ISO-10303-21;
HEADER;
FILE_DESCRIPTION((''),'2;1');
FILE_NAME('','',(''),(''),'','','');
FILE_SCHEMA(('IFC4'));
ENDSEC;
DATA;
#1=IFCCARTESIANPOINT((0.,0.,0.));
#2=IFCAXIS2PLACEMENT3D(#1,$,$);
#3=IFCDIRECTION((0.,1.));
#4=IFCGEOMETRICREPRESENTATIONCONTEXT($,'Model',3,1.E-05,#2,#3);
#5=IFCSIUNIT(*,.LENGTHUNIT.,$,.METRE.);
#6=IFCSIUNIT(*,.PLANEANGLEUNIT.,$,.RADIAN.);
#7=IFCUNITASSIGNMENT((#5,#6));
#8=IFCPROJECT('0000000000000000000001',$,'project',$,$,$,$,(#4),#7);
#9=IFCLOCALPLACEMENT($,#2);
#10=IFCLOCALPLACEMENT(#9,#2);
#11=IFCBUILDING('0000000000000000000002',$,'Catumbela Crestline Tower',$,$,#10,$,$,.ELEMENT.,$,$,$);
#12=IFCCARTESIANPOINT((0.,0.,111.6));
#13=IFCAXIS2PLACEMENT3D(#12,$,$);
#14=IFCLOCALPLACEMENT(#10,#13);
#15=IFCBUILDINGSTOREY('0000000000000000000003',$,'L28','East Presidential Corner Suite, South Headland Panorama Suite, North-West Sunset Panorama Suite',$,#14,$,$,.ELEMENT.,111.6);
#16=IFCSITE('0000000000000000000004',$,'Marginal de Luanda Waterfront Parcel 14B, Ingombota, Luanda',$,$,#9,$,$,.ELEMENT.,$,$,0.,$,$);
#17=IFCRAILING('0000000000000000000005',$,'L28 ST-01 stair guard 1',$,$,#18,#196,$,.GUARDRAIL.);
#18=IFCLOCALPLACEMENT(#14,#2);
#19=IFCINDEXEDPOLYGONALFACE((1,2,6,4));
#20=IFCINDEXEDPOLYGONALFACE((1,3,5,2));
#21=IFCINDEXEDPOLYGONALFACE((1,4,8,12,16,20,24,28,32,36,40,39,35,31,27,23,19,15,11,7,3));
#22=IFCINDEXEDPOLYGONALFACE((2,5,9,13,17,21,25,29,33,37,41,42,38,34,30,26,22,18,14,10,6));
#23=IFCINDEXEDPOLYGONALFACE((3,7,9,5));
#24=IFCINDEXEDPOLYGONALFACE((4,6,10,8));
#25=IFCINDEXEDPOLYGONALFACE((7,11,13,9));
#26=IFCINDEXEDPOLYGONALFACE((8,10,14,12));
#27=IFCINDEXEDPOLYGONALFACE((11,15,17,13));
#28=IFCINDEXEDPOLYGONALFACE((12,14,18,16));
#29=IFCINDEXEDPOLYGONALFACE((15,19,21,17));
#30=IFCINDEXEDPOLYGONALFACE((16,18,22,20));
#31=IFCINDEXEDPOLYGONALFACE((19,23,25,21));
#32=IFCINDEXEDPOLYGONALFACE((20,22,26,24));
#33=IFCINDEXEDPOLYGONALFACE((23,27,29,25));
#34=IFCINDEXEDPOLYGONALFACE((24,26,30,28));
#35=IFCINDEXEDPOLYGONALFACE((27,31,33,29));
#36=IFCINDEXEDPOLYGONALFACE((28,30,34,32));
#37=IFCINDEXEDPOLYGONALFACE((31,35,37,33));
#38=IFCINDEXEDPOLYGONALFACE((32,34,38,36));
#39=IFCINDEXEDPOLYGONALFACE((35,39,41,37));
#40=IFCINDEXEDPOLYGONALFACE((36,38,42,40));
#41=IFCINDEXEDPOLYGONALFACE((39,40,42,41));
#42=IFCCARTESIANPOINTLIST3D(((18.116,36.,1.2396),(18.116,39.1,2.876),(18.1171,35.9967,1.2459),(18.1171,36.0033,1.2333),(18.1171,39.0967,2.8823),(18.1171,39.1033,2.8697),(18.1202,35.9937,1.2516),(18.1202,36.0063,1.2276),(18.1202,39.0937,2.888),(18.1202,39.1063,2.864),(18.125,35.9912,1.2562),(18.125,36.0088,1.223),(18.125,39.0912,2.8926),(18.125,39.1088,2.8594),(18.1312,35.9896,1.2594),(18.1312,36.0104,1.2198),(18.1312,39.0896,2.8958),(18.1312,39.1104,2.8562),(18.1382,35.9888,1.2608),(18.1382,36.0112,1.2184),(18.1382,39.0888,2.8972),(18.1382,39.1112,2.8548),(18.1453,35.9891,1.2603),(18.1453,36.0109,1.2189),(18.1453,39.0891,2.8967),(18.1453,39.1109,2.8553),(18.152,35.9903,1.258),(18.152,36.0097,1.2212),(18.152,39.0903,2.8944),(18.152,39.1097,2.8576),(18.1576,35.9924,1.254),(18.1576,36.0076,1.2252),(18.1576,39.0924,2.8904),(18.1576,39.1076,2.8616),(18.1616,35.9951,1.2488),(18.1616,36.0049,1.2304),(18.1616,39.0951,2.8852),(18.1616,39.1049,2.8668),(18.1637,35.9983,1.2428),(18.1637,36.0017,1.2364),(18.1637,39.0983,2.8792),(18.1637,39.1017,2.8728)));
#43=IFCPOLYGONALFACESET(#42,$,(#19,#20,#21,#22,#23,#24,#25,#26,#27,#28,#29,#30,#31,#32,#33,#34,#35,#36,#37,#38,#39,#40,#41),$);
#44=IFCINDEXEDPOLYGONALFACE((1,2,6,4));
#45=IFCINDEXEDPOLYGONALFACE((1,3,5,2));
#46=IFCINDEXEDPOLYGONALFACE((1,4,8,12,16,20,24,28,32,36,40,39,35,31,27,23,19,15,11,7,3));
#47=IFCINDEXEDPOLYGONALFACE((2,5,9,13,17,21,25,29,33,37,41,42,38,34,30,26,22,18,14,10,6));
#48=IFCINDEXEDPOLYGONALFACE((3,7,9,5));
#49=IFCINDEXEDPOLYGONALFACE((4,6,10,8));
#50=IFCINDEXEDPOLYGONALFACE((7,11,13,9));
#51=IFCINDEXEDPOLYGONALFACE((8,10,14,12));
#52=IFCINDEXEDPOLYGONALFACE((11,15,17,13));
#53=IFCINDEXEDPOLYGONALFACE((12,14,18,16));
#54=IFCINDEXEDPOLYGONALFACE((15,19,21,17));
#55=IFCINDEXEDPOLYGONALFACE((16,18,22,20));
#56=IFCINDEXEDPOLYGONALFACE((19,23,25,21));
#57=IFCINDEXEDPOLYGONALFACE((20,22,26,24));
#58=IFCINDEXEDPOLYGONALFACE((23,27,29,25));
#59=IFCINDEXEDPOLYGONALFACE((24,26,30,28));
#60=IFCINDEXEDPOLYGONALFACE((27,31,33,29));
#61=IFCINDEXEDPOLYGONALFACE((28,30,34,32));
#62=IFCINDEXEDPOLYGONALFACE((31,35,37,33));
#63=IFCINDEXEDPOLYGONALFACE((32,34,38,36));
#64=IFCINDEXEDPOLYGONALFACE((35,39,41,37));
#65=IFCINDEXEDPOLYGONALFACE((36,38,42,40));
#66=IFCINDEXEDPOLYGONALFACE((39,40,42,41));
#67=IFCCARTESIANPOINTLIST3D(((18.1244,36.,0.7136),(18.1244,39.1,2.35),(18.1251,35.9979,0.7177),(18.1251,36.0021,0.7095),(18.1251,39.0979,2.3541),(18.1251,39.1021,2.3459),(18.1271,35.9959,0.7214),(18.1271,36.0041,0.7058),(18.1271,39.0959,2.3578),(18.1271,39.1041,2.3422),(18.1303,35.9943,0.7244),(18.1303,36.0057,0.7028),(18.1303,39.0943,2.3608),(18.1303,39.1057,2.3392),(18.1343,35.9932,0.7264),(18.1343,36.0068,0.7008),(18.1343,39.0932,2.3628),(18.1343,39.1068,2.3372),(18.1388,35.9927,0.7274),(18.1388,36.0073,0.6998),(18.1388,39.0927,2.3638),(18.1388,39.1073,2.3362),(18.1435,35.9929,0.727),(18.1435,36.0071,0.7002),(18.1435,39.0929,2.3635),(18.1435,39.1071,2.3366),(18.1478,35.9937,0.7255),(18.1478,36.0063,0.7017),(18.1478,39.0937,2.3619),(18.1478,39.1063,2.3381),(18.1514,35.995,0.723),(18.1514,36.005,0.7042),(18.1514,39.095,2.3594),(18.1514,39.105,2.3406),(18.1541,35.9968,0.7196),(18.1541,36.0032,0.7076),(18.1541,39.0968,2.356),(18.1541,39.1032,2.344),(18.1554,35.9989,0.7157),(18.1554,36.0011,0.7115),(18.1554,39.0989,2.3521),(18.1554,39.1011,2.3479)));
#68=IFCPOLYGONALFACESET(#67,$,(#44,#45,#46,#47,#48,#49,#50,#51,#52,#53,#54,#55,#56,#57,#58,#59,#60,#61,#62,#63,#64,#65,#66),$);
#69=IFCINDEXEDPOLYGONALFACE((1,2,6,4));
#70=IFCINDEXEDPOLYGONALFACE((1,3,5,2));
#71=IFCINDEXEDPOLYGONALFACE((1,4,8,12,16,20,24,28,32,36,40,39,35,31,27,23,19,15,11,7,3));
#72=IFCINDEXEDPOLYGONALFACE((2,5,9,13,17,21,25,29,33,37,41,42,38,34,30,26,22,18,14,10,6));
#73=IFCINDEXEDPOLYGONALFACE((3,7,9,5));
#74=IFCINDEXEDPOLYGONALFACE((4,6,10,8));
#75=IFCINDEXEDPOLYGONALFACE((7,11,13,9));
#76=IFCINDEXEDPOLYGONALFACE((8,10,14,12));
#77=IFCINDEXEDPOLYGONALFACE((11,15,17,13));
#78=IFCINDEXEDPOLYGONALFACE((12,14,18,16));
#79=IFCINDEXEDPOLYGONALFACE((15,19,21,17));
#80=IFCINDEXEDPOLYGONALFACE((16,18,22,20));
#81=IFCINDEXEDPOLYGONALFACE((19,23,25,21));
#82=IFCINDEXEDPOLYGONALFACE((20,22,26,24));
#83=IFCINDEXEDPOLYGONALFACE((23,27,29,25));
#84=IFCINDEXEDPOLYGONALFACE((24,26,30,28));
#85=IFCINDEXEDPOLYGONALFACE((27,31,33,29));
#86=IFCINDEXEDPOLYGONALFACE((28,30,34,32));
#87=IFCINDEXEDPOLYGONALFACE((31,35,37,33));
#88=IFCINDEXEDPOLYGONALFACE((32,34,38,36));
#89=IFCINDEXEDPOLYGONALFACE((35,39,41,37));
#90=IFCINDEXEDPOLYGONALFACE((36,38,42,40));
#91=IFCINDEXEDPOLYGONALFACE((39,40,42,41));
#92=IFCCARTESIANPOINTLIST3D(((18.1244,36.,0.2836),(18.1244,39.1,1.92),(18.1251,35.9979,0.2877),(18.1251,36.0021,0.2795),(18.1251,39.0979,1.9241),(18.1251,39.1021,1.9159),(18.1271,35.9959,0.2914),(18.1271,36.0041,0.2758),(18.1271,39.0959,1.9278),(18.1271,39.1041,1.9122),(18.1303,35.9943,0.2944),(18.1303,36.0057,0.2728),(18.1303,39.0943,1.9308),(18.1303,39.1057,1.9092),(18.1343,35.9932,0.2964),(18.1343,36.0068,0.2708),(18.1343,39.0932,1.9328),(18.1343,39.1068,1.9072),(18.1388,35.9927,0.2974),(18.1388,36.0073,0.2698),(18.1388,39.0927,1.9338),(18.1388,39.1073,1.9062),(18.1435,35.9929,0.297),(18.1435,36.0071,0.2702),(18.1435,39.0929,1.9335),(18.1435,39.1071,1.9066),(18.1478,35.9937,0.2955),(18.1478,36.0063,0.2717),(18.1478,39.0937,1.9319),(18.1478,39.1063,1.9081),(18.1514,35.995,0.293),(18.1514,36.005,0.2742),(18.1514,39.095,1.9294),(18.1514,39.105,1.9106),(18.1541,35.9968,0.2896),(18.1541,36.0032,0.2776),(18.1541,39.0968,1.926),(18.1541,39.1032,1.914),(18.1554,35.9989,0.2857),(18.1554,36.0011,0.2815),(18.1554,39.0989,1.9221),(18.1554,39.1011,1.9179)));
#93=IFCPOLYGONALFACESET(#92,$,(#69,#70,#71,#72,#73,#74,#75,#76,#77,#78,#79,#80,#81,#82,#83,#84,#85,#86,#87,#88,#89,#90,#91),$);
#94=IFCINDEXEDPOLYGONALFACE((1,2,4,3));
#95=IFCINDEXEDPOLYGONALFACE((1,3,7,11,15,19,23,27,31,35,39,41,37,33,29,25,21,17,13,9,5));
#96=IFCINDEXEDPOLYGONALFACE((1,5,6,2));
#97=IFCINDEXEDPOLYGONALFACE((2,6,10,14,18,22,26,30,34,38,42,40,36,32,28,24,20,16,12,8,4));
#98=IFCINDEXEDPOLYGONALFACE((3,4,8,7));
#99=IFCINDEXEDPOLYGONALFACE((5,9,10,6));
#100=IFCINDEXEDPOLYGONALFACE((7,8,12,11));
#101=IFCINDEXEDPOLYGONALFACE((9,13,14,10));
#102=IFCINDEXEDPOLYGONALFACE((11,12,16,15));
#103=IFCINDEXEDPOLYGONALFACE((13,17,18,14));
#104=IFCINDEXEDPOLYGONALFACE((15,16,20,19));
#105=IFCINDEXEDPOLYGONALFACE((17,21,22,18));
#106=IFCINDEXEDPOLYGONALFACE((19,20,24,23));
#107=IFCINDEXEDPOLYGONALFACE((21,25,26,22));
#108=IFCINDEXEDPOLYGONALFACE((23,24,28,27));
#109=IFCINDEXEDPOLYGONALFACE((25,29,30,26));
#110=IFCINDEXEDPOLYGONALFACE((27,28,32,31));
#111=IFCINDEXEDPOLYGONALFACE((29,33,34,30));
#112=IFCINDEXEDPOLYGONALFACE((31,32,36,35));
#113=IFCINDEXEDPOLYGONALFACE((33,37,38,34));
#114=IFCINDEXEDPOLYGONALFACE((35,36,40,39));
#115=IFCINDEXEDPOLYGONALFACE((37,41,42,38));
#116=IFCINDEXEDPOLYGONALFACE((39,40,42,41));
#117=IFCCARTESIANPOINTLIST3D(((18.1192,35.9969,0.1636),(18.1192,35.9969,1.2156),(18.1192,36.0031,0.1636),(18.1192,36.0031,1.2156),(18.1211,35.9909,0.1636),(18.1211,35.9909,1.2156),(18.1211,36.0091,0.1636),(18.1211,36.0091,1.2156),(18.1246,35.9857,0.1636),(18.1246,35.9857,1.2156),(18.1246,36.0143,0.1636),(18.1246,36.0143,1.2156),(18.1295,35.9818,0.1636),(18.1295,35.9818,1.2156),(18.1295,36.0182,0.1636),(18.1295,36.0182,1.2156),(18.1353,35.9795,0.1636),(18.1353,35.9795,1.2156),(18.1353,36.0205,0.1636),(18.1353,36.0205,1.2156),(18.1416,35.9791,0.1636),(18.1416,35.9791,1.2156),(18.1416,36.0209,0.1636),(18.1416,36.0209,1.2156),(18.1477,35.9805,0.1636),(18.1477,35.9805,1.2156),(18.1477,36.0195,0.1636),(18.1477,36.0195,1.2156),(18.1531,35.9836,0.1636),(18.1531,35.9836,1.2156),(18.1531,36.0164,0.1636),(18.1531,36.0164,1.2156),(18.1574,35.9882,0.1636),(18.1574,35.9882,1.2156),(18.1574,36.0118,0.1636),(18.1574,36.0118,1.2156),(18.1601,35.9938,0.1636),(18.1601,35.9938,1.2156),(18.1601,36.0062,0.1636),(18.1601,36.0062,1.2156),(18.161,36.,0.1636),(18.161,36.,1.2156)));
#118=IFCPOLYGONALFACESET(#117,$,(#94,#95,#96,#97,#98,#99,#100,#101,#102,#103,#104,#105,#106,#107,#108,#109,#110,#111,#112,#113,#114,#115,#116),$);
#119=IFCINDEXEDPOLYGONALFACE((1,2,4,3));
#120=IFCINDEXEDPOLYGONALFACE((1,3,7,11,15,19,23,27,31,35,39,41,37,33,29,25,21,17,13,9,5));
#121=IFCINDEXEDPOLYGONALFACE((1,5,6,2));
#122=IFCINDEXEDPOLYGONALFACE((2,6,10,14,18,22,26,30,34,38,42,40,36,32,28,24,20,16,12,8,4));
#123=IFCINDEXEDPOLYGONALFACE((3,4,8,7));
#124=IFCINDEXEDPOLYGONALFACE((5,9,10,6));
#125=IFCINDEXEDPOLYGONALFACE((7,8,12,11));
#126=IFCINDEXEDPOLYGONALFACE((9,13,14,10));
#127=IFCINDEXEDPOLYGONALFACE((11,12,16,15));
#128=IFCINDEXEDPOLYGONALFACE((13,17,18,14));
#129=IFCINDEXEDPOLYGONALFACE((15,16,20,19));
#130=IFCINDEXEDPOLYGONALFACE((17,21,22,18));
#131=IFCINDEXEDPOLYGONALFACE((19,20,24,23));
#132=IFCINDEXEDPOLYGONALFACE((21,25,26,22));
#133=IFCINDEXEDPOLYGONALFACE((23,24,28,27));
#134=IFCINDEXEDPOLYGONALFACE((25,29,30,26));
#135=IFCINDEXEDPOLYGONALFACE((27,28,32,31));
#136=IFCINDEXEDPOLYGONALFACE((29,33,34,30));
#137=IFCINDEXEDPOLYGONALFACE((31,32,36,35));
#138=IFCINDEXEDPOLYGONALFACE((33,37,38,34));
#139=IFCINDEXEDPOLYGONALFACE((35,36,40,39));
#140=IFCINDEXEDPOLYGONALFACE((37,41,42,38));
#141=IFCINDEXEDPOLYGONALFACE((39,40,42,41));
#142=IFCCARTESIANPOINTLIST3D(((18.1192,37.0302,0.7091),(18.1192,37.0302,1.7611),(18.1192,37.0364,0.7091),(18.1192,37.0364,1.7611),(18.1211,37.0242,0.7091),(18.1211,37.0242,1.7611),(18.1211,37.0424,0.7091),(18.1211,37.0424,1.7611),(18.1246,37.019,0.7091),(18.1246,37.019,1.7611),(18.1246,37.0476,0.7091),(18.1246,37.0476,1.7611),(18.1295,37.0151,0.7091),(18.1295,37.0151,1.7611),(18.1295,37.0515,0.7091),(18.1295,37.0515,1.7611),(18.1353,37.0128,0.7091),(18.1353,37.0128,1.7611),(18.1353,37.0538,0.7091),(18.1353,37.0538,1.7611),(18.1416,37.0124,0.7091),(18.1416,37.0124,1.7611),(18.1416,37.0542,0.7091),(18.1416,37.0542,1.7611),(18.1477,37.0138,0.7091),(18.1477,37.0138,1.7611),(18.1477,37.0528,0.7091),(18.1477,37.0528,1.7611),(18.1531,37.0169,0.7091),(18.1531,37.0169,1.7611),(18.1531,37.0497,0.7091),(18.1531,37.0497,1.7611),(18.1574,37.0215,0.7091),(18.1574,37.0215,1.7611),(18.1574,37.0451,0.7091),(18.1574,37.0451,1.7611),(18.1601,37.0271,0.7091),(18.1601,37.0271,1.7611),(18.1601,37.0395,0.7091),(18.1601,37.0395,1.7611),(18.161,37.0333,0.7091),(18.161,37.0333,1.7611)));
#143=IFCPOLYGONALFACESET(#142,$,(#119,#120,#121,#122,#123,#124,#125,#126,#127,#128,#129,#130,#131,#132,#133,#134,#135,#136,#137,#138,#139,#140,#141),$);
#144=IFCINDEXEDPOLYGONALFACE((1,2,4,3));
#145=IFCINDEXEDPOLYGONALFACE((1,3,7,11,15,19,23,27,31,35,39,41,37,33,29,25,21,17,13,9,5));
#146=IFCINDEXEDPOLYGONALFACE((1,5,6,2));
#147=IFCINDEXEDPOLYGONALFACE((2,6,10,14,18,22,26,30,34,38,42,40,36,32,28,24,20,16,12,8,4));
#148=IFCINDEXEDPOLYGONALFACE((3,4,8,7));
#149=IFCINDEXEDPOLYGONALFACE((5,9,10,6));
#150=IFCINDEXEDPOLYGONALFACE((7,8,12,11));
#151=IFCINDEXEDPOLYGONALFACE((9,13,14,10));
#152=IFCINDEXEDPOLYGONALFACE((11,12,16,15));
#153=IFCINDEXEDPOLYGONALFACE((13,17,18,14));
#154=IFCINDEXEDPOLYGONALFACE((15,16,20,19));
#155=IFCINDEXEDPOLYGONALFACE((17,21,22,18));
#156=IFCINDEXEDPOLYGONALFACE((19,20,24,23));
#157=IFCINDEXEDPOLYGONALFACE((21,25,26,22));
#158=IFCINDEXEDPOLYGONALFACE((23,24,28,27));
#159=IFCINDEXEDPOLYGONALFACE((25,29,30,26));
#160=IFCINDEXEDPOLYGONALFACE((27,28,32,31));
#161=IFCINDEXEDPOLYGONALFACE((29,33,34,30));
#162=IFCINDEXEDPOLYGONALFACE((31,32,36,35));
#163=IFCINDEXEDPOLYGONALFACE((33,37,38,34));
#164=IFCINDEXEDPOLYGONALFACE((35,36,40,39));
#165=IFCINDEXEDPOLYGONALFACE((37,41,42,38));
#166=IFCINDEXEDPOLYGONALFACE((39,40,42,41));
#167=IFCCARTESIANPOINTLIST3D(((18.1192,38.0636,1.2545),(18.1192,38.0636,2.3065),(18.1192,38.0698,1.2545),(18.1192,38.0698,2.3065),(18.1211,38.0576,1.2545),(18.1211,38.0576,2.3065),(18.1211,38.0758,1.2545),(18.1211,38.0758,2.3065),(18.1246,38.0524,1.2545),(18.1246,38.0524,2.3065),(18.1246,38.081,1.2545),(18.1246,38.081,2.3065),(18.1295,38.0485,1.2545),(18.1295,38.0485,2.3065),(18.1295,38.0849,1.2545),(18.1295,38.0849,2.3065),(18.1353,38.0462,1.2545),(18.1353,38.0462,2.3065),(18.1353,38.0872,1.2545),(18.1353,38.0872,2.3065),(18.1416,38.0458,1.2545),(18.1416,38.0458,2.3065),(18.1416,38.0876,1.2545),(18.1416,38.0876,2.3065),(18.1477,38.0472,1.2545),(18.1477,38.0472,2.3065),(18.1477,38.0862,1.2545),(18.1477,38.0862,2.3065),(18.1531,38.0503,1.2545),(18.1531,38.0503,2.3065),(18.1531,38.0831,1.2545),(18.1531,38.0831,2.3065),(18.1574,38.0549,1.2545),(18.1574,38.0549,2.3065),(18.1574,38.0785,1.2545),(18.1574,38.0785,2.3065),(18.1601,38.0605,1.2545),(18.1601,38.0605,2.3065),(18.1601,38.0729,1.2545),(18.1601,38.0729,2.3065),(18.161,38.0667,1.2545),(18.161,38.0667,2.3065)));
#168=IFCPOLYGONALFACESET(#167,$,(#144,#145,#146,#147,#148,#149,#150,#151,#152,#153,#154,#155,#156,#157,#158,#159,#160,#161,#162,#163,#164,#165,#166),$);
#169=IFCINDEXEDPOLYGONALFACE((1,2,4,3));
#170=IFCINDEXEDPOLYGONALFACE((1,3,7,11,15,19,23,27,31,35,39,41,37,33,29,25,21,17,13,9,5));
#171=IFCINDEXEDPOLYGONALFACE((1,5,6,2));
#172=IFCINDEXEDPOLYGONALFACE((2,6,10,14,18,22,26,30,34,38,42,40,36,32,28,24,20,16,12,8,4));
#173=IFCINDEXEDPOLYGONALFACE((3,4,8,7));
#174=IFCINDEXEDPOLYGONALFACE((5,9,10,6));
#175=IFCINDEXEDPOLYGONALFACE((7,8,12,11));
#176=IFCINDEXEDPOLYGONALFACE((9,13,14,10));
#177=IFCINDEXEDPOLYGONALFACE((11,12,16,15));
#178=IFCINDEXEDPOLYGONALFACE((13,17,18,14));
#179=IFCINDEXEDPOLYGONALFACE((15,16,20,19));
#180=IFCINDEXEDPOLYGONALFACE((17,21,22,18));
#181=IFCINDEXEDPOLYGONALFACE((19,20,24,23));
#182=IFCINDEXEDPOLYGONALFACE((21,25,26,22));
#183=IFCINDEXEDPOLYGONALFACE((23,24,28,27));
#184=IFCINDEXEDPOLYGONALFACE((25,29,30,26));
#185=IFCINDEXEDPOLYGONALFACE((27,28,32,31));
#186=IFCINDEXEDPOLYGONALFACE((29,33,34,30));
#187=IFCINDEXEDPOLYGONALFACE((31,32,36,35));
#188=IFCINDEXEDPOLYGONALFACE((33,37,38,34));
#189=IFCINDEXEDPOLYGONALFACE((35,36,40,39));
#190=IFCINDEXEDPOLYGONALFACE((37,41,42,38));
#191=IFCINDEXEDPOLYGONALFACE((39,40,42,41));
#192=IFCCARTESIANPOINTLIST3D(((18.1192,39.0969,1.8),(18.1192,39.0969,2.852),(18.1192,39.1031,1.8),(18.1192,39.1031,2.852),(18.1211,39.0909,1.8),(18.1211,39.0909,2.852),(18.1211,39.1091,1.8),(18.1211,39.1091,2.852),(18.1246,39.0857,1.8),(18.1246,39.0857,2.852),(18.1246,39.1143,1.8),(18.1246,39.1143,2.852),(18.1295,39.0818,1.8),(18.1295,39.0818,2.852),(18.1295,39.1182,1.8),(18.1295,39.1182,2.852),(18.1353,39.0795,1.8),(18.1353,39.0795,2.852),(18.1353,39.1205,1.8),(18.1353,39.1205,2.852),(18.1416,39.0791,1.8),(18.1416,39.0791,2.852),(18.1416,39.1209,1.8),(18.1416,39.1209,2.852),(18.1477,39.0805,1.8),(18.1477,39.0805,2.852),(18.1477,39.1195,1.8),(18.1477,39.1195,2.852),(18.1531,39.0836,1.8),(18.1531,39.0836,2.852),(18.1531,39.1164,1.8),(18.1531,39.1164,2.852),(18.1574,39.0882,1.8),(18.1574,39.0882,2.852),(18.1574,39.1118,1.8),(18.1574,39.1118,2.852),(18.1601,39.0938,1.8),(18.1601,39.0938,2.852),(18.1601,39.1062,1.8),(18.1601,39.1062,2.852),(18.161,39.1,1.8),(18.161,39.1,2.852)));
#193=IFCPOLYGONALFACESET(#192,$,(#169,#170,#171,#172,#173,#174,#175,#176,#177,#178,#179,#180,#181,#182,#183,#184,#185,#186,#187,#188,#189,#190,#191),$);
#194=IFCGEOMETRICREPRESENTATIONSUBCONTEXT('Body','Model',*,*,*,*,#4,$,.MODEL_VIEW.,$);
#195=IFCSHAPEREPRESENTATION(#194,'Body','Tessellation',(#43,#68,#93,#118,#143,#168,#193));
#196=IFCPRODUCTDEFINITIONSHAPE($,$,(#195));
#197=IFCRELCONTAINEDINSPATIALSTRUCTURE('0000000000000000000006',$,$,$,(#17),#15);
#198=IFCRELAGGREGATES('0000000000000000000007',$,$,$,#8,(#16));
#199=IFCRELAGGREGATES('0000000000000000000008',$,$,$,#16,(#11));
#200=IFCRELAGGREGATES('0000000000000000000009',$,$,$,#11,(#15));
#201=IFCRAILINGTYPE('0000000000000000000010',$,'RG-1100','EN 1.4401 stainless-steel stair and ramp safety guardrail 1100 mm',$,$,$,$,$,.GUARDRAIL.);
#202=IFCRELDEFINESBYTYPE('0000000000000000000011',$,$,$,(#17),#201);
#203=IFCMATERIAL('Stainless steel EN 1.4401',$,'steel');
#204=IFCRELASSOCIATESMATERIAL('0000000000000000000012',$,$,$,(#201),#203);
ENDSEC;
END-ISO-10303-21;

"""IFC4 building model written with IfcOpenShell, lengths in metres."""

from ifc_helpers import new_model, si_unit, direction, frame, origin, origin_2d, place, context, subcontext, project, spatial, circle, extrude, material, type_object, element, save


model = new_model("IFC4")

# Units and contexts
model_context = context("Model", 3, precision=1e-05, world=origin(), true_north=direction((0.0, 1.0)))
body_context = subcontext(model_context, "Body", "Model", "MODEL_VIEW")
ifc_project = project(units=[si_unit("LENGTHUNIT", "METRE"), si_unit("PLANEANGLEUNIT", "RADIAN")], contexts=[model_context])

# Site, building, storey
site_placement = place(None, origin())
site = spatial("IfcSite", under=ifc_project, at=site_placement, Name="Marginal de Luanda Waterfront Parcel 14B, Ingombota, Luanda", CompositionType="ELEMENT", RefElevation=0.0)
building_placement = place(site_placement, origin())
building = spatial("IfcBuilding", under=site, at=building_placement, Name="Catumbela Crestline Tower", CompositionType="ELEMENT")
storey_placement = place(building_placement, frame((0.0, 0.0, 111.6)))
storey = spatial("IfcBuildingStorey", under=building, at=storey_placement, Name="L28", Description="East Presidential Corner Suite, South Headland Panorama Suite, North-West Sunset Panorama Suite", CompositionType="ELEMENT", Elevation=111.6)

# Railing
ifc_material_1 = material(Name="Stainless steel EN 1.4401", Category="steel")
railing_type_1 = type_object("IfcRailingType", Name="RG-1100", Description="EN 1.4401 stainless-steel stair and ramp safety guardrail 1100 mm", PredefinedType="GUARDRAIL", material=ifc_material_1)
railing_1_placement = place(storey_placement, frame((18.14, 36.0, 0.1636)))
element("IfcRailing", 1, at=railing_1_placement, inside=storey, type_object=railing_type_1, Name="L28 ST-01 stair guard 1", PredefinedType="GUARDRAIL", context=body_context, shape_type="SweptSolid", body=[
    extrude(circle(Radius=0.024, at=origin_2d()), frame((0.0, 0.0, 1.076), z_axis=(0.0, 0.884351, 0.466823), x_axis=(-1.0, 0.0, 0.0)), (0.0, 0.0, 1.0), 3.5054),
    extrude(circle(Radius=0.0156, at=origin_2d()), frame((0.0, 0.0, 0.55), z_axis=(0.0, 0.884351, 0.466823), x_axis=(-1.0, 0.0, 0.0)), (0.0, 0.0, 1.0), 3.5054),
    extrude(circle(Radius=0.0156, at=origin_2d()), frame((0.0, 0.0, 0.12), z_axis=(0.0, 0.884351, 0.466823), x_axis=(-1.0, 0.0, 0.0)), (0.0, 0.0, 1.0), 3.5054),
    extrude(circle(Radius=0.021, at=origin_2d()), origin(), (0.0, 0.0, 1.0), 1.052),
    extrude(circle(Radius=0.021, at=origin_2d()), frame((0.0, 1.0333, 0.5455)), (0.0, 0.0, 1.0), 1.052),
    extrude(circle(Radius=0.021, at=origin_2d()), frame((0.0, 2.0667, 1.0909)), (0.0, 0.0, 1.0), 1.052),
    extrude(circle(Radius=0.021, at=origin_2d()), frame((0.0, 3.1, 1.6364)), (0.0, 0.0, 1.0), 1.052),
])

save(model, "model.ifc")
